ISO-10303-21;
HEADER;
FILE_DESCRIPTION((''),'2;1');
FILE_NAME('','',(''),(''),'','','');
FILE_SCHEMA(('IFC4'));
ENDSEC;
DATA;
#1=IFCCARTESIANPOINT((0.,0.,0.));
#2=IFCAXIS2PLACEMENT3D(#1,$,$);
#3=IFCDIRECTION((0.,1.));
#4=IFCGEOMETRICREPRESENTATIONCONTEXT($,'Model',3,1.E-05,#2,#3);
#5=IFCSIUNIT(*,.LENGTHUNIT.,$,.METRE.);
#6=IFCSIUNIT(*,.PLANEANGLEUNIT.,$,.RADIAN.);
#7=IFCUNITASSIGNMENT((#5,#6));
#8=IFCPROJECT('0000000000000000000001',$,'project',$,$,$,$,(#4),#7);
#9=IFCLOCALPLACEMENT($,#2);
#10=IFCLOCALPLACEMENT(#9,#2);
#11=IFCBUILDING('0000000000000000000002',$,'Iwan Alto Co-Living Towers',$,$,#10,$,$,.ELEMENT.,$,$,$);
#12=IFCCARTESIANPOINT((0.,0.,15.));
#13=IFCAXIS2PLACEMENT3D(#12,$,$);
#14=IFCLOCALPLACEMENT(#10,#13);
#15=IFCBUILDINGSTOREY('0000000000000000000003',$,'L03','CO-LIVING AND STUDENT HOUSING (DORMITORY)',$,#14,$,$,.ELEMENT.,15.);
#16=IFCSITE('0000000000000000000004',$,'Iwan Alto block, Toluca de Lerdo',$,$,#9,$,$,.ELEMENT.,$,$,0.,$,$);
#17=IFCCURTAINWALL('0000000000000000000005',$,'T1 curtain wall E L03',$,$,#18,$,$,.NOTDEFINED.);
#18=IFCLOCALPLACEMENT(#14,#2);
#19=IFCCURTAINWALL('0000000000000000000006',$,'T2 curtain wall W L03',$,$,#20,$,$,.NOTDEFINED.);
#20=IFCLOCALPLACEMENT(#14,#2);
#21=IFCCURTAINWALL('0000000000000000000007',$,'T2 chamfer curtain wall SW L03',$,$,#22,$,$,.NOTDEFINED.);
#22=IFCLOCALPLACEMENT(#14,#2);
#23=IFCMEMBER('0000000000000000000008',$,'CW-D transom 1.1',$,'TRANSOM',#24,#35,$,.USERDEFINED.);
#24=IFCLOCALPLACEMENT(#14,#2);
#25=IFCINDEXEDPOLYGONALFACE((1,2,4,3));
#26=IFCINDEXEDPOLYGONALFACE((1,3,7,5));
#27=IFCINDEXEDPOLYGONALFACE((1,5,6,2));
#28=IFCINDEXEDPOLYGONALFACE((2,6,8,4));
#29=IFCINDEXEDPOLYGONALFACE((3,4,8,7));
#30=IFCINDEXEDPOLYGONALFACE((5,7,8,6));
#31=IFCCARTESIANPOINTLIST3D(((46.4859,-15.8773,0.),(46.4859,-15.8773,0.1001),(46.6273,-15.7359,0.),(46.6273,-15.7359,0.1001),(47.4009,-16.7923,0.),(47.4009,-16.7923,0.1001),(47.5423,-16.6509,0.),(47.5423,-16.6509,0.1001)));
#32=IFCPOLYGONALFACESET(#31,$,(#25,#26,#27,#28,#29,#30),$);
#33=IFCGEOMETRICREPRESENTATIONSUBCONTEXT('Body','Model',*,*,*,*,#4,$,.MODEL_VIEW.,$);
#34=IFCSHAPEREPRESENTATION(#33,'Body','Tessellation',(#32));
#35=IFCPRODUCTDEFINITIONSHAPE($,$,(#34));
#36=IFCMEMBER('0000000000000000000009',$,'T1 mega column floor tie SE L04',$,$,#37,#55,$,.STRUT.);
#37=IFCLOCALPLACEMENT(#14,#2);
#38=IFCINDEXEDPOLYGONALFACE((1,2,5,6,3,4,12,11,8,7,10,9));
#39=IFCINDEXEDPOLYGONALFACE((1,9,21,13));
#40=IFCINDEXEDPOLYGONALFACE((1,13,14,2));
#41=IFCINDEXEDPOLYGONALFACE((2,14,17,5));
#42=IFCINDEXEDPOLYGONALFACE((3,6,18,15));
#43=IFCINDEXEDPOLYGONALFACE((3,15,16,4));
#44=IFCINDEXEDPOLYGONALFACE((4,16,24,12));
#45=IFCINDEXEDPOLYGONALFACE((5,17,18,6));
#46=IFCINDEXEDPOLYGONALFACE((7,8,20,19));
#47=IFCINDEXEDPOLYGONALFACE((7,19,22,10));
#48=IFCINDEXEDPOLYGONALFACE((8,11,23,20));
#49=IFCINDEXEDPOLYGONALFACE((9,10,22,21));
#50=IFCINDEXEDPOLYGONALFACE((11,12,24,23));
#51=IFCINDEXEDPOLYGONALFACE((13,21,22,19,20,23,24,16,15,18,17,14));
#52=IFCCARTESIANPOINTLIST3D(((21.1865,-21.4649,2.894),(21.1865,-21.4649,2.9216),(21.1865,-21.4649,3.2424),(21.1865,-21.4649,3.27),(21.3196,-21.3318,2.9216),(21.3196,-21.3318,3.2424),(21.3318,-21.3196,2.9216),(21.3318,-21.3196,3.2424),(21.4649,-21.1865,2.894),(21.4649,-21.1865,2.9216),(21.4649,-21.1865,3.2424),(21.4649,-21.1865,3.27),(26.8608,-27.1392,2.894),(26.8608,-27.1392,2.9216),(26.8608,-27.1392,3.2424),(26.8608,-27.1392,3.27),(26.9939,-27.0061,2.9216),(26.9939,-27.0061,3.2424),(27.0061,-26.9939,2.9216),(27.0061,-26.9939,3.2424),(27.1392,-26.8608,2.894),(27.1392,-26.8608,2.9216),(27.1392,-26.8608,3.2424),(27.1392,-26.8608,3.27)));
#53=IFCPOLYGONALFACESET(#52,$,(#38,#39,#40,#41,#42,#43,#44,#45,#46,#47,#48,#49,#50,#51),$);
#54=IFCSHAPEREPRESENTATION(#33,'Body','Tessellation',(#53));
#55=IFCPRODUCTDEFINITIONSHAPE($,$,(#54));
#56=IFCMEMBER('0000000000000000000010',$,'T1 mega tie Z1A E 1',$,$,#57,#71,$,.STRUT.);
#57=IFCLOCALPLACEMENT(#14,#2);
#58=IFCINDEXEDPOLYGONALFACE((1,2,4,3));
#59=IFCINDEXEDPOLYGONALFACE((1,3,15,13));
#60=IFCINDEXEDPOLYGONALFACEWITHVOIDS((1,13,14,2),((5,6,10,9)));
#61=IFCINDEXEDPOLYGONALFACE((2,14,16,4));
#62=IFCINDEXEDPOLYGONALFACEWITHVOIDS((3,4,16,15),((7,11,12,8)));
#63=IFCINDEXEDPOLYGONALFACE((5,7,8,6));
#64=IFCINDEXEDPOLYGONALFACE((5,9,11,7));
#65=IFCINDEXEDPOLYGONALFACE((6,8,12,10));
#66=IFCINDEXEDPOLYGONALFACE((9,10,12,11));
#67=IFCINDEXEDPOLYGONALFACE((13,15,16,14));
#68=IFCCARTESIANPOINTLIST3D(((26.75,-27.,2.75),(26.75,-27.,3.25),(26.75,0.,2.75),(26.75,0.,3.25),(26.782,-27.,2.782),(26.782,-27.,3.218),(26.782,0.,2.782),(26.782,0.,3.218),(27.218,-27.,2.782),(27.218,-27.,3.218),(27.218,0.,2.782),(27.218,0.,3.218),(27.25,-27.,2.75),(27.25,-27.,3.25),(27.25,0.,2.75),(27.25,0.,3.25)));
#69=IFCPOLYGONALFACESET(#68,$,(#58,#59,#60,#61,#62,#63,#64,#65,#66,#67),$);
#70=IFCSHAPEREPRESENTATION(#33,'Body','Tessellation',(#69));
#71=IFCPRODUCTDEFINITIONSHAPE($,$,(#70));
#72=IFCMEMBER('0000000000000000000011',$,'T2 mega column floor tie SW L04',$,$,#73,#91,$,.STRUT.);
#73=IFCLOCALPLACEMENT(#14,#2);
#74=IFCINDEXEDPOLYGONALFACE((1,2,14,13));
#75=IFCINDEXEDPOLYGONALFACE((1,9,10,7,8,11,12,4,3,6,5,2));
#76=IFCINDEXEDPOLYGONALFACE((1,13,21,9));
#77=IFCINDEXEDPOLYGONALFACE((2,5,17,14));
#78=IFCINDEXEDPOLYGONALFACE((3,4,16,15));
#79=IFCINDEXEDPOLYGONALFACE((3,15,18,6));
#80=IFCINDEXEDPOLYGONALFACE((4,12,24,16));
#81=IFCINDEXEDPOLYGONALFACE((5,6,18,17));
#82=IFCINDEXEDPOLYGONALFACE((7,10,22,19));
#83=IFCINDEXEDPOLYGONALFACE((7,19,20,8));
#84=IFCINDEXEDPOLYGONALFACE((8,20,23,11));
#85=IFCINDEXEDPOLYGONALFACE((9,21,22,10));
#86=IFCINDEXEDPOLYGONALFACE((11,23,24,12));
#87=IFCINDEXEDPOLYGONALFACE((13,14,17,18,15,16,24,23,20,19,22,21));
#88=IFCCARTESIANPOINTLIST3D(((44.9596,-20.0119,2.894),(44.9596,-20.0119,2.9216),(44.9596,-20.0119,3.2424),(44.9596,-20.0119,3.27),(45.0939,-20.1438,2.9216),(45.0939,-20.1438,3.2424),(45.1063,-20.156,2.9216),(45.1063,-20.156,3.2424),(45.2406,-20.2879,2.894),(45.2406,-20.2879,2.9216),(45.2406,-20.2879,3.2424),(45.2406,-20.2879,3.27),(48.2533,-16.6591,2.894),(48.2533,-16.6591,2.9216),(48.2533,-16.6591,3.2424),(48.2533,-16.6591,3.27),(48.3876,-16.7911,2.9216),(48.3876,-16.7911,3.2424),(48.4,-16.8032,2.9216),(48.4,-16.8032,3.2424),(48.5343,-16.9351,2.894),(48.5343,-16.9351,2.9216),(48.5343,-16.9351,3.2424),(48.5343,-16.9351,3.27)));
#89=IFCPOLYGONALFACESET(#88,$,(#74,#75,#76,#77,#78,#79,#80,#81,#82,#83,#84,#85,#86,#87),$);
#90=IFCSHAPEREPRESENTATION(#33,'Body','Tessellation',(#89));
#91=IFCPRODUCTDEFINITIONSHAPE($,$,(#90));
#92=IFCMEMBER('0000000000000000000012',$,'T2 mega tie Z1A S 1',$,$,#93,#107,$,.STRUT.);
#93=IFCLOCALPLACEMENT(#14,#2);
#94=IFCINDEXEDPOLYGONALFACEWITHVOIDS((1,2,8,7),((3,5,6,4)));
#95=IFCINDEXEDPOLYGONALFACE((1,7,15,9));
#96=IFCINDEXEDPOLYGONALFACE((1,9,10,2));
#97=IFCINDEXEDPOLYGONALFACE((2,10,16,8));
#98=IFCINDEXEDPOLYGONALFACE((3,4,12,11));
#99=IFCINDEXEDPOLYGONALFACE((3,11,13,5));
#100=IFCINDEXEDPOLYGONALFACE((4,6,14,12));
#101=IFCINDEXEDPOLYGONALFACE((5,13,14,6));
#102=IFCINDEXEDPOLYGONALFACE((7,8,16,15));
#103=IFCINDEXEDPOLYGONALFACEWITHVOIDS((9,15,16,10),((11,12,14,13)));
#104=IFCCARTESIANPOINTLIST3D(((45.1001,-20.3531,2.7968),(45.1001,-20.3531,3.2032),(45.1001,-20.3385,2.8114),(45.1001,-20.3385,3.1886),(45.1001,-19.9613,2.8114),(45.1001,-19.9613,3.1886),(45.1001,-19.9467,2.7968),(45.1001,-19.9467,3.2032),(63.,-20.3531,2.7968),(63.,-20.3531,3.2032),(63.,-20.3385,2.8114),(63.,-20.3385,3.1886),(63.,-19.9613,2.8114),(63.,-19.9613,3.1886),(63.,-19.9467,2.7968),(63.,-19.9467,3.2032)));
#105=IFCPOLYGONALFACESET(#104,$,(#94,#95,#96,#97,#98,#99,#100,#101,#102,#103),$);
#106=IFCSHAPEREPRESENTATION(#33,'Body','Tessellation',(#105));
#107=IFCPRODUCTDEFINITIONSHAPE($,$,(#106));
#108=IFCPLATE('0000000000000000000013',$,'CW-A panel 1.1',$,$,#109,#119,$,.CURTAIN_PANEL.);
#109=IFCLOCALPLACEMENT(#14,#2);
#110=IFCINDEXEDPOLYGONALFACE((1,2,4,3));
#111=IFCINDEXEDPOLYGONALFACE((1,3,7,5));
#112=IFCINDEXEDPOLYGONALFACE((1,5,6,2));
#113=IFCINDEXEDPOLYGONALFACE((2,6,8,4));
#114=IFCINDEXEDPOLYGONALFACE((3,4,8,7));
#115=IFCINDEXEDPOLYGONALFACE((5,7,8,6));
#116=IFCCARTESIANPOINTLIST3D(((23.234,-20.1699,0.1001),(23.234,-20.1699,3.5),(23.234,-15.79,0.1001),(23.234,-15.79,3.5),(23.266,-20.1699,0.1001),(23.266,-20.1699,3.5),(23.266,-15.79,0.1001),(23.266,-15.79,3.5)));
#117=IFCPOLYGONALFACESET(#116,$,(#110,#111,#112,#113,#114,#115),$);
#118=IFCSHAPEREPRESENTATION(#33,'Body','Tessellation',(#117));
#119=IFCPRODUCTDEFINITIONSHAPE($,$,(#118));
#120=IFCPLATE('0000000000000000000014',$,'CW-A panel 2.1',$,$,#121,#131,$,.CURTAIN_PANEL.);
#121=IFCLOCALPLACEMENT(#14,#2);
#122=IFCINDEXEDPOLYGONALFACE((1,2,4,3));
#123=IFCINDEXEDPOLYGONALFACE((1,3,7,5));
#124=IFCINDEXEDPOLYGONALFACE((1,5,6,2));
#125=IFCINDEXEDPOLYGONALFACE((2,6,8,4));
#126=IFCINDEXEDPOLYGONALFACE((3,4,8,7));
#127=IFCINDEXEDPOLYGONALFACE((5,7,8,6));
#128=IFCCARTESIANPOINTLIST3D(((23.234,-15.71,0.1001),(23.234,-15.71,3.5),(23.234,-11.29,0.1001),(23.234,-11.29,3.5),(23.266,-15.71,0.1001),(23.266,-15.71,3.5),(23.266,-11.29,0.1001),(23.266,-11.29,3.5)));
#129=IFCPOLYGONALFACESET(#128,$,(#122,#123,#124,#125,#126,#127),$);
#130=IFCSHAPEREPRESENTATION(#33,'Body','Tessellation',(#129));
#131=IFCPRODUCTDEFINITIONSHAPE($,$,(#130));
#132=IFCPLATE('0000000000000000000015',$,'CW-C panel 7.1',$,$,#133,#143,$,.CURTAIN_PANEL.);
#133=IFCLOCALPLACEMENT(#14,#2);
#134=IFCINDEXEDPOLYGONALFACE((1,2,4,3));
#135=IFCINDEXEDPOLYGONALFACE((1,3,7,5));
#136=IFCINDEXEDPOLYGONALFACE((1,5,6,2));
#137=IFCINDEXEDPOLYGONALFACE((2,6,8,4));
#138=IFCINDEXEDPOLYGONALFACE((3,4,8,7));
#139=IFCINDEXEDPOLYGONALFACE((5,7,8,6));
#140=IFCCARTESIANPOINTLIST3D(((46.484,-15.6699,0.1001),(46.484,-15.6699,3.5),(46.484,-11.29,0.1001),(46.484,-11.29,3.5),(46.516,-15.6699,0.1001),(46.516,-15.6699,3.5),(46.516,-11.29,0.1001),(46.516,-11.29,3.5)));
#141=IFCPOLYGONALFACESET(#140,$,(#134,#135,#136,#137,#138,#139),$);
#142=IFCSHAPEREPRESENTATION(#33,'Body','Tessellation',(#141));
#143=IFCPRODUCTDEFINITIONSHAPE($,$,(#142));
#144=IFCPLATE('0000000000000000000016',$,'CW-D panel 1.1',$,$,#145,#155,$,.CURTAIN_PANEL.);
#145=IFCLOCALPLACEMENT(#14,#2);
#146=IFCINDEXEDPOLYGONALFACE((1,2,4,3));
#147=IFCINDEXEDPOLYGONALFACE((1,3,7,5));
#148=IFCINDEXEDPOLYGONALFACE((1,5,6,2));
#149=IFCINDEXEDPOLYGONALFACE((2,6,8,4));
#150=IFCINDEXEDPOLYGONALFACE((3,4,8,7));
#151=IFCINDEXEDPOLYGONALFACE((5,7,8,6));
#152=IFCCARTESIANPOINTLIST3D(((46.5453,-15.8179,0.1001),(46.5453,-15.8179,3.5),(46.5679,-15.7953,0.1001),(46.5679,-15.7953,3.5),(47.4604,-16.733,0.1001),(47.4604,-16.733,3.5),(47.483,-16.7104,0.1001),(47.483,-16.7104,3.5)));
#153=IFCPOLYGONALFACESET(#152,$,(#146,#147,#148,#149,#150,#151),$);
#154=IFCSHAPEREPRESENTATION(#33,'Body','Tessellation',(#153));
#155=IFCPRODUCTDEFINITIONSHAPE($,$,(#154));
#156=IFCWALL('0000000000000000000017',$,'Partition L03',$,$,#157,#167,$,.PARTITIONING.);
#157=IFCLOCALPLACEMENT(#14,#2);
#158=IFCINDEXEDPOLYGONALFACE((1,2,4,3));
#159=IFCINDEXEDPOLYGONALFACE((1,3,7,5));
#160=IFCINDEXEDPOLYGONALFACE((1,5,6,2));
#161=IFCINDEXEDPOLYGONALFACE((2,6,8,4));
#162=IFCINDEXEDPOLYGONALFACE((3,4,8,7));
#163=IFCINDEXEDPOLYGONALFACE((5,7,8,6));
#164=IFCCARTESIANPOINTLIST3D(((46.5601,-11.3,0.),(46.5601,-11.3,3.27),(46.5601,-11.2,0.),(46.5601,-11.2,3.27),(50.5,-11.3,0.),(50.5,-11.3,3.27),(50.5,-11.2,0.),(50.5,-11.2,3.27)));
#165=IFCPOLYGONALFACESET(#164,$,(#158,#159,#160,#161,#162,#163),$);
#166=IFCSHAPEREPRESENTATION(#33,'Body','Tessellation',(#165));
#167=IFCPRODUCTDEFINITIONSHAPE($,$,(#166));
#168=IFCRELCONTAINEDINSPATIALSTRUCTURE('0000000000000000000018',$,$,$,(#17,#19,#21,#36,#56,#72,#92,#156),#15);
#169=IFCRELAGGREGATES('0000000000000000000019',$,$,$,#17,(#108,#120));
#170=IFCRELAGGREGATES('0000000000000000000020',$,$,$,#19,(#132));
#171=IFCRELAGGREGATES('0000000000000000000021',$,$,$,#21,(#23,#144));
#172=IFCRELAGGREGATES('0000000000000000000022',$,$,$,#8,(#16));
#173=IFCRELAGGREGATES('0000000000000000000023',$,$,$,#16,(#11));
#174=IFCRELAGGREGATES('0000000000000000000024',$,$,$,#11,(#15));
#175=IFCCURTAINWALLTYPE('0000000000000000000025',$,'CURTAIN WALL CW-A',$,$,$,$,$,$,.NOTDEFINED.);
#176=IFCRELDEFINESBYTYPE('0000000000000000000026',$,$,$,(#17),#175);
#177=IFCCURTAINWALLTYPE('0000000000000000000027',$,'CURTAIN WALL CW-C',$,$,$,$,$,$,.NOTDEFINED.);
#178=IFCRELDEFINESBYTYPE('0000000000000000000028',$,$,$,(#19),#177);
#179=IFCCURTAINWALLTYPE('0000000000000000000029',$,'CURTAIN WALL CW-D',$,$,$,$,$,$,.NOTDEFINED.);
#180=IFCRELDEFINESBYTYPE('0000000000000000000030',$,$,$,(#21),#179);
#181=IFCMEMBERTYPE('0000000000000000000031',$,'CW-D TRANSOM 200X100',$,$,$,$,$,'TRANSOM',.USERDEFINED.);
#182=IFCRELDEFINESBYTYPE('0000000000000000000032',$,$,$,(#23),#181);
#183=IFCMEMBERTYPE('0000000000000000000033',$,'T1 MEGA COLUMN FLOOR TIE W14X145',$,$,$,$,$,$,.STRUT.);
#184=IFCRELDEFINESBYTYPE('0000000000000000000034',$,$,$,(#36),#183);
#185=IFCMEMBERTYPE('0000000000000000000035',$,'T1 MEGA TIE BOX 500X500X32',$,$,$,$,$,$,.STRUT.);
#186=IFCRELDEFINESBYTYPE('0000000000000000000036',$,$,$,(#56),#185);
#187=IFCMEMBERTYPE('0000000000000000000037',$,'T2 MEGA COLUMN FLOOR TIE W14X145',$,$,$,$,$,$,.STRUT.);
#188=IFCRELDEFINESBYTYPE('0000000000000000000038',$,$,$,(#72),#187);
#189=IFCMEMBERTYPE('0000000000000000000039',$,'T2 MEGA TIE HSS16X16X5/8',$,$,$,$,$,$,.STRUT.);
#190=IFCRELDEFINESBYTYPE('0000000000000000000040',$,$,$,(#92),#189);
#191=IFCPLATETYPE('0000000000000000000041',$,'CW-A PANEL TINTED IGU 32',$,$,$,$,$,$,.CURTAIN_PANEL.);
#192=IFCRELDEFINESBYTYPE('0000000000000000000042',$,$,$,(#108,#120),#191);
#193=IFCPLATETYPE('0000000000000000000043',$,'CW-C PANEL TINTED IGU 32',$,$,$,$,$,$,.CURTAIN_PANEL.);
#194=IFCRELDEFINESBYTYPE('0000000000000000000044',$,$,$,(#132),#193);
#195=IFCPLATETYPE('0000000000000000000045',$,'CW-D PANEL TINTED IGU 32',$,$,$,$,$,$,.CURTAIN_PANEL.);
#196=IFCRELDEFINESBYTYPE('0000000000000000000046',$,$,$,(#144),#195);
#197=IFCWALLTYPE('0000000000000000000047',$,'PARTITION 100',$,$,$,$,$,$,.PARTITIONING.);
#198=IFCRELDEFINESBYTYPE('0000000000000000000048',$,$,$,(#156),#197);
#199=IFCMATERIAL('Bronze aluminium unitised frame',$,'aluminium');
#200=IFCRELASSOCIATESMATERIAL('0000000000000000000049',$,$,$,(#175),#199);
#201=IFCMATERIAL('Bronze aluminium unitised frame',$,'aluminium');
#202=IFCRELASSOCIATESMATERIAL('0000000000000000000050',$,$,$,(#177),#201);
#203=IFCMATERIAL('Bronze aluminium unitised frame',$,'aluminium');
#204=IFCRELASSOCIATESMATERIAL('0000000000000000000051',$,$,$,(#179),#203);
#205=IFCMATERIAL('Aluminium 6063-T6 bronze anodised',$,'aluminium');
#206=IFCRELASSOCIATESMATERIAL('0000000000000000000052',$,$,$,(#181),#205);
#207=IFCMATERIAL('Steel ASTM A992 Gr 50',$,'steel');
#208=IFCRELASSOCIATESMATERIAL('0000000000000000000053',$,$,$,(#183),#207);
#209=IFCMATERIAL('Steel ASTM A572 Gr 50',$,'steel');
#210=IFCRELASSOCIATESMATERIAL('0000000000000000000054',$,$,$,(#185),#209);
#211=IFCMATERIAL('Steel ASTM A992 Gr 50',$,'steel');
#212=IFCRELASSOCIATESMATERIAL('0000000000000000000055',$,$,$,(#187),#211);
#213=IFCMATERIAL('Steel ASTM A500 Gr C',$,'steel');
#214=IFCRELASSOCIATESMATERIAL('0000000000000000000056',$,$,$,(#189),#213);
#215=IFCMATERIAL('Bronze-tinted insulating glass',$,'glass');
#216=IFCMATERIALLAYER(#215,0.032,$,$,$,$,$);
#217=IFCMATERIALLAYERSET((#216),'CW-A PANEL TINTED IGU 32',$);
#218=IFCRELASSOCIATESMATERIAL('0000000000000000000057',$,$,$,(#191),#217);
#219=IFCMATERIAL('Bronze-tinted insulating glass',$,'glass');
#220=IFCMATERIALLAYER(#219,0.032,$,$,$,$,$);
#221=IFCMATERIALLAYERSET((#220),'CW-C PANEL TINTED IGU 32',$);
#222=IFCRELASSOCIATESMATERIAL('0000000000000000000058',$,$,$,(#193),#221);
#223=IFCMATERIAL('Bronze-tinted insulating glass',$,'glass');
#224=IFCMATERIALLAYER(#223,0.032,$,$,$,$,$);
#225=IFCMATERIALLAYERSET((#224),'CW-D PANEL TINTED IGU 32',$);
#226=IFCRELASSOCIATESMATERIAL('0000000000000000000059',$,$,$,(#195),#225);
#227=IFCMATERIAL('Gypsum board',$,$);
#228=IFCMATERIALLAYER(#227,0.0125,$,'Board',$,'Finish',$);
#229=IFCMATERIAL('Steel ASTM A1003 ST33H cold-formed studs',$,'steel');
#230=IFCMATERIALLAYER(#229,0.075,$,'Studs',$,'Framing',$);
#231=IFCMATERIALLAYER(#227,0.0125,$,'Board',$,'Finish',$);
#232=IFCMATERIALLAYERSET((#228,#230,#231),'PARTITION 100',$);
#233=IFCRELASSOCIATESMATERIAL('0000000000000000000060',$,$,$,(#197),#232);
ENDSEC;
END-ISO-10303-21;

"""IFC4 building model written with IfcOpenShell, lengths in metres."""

from ifc_helpers import new_model, si_unit, direction, frame, frame_2d, origin, origin_2d, place, context, subcontext, project, spatial, rectangle, hollow_rectangle, i_section, extrude, material, layer, layer_set, material_profile, profile_set, type_object, element, aggregate, save


model = new_model("IFC4")

# Units and contexts
model_context = context("Model", 3, precision=1e-05, world=origin(), true_north=direction((0.0, 1.0)))
body_context = subcontext(model_context, "Body", "Model", "MODEL_VIEW")
ifc_project = project(units=[si_unit("LENGTHUNIT", "METRE"), si_unit("PLANEANGLEUNIT", "RADIAN")], contexts=[model_context])

# Site, building, storey
site_placement = place(None, origin())
site = spatial("IfcSite", under=ifc_project, at=site_placement, Name="Iwan Alto block, Toluca de Lerdo", CompositionType="ELEMENT", RefElevation=0.0)
building_placement = place(site_placement, origin())
building = spatial("IfcBuilding", under=site, at=building_placement, Name="Iwan Alto Co-Living Towers", CompositionType="ELEMENT")
storey_placement = place(building_placement, frame((0.0, 0.0, 15.0)))
storey = spatial("IfcBuildingStorey", under=building, at=storey_placement, Name="L03", Description="CO-LIVING AND STUDENT HOUSING (DORMITORY)", CompositionType="ELEMENT", Elevation=15.0)

# Curtain walls, member
ifc_material_1 = material(Name="Bronze aluminium unitised frame", Category="aluminium")
curtain_wall_type_1 = type_object("IfcCurtainWallType", Name="CURTAIN WALL CW-A", PredefinedType="NOTDEFINED", material=ifc_material_1)
curtain_wall_1_placement = place(storey_placement, origin())
curtain_wall_1 = element("IfcCurtainWall", 1, at=curtain_wall_1_placement, inside=storey, type_object=curtain_wall_type_1, Name="T1 curtain wall E L03", PredefinedType="NOTDEFINED")
ifc_material_2 = material(Name="Bronze aluminium unitised frame", Category="aluminium")
curtain_wall_type_2 = type_object("IfcCurtainWallType", Name="CURTAIN WALL CW-C", PredefinedType="NOTDEFINED", material=ifc_material_2)
curtain_wall_2_placement = place(storey_placement, origin())
curtain_wall_2 = element("IfcCurtainWall", 2, at=curtain_wall_2_placement, inside=storey, type_object=curtain_wall_type_2, Name="T2 curtain wall W L03", PredefinedType="NOTDEFINED")
ifc_material_3 = material(Name="Bronze aluminium unitised frame", Category="aluminium")
curtain_wall_type_3 = type_object("IfcCurtainWallType", Name="CURTAIN WALL CW-D", PredefinedType="NOTDEFINED", material=ifc_material_3)
curtain_wall_3_placement = place(storey_placement, origin())
curtain_wall_3 = element("IfcCurtainWall", 3, at=curtain_wall_3_placement, inside=storey, type_object=curtain_wall_type_3, Name="T2 chamfer curtain wall SW L03", PredefinedType="NOTDEFINED")
ifc_material_4 = material(Name="Aluminium 6063-T6 bronze anodised", Category="aluminium")
ifc_material_profile_1 = material_profile(ifc_material_4, rectangle(XDim=0.2, YDim=0.1001, at=origin_2d()), Name="AL 200X100")
ifc_profile_set_1 = profile_set([ifc_material_profile_1], Name="Aluminium 6063-T6 bronze anodised")
member_type_1 = type_object("IfcMemberType", Name="CW-D TRANSOM 200X100", ElementType="TRANSOM", PredefinedType="USERDEFINED", material=ifc_profile_set_1)
member_1_placement = place(storey_placement, frame((46.5566, -15.8066, 0.05), z_axis=(0.707107, -0.707107, 0.0), x_axis=(0.707107, 0.707107, 0.0)))
member_1 = element("IfcMember", 4, at=member_1_placement, type_object=member_type_1, Name="CW-D transom 1.1", ObjectType="TRANSOM", PredefinedType="USERDEFINED", context=body_context, shape_type="SweptSolid", body=[
    extrude(rectangle(XDim=0.2, YDim=0.1001, at=origin_2d()), origin(), (0.0, 0.0, 1.0), 1.2939),
])

# Members
ifc_material_5 = material(Name="Steel ASTM A992 Gr 50", Category="steel")
ifc_material_profile_2 = material_profile(ifc_material_5, i_section(OverallWidth=0.3938, OverallDepth=0.376, WebThickness=0.0173, FlangeThickness=0.0276, at=origin_2d()), Name="W14X145")
ifc_profile_set_2 = profile_set([ifc_material_profile_2], Name="Steel ASTM A992 Gr 50")
member_type_2 = type_object("IfcMemberType", Name="T1 MEGA COLUMN FLOOR TIE W14X145", PredefinedType="STRUT", material=ifc_profile_set_2)
member_2_placement = place(storey_placement, frame((27.0, -27.0, 3.082), z_axis=(-0.707107, 0.707107, 0.0), x_axis=(-0.707107, -0.707107, 0.0)))
element("IfcMember", 5, at=member_2_placement, inside=storey, type_object=member_type_2, Name="T1 mega column floor tie SE L04", PredefinedType="STRUT", context=body_context, shape_type="SweptSolid", body=[
    extrude(i_section(OverallWidth=0.3938, OverallDepth=0.376, WebThickness=0.0173, FlangeThickness=0.0276, at=origin_2d()), origin(), (0.0, 0.0, 1.0), 8.0247),
])
ifc_material_6 = material(Name="Steel ASTM A572 Gr 50", Category="steel")
ifc_material_profile_3 = material_profile(ifc_material_6, hollow_rectangle(XDim=0.5, YDim=0.5, WallThickness=0.032, at=origin_2d()), Name="BOX 500X500X32")
ifc_profile_set_3 = profile_set([ifc_material_profile_3], Name="Steel ASTM A572 Gr 50")
member_type_3 = type_object("IfcMemberType", Name="T1 MEGA TIE BOX 500X500X32", PredefinedType="STRUT", material=ifc_profile_set_3)
member_3_placement = place(storey_placement, frame((27.0, -27.0, 3.0), z_axis=(0.0, 1.0, 0.0), x_axis=(-1.0, 0.0, 0.0)))
element("IfcMember", 6, at=member_3_placement, inside=storey, type_object=member_type_3, Name="T1 mega tie Z1A E 1", PredefinedType="STRUT", context=body_context, shape_type="SweptSolid", body=[
    extrude(hollow_rectangle(XDim=0.5, YDim=0.5, WallThickness=0.032, at=origin_2d()), origin(), (0.0, 0.0, 1.0), 27.0),
])
ifc_material_7 = material(Name="Steel ASTM A992 Gr 50", Category="steel")
ifc_material_profile_4 = material_profile(ifc_material_7, i_section(OverallWidth=0.3938, OverallDepth=0.376, WebThickness=0.0173, FlangeThickness=0.0276, at=origin_2d()), Name="W14X145")
ifc_profile_set_4 = profile_set([ifc_material_profile_4], Name="Steel ASTM A992 Gr 50")
member_type_4 = type_object("IfcMemberType", Name="T2 MEGA COLUMN FLOOR TIE W14X145", PredefinedType="STRUT", material=ifc_profile_set_4)
member_4_placement = place(storey_placement, frame((45.1001, -20.1499, 3.082), z_axis=(0.700793, 0.713364, 0.0), x_axis=(-0.713364, 0.700793, 0.0)))
element("IfcMember", 7, at=member_4_placement, inside=storey, type_object=member_type_4, Name="T2 mega column floor tie SW L04", PredefinedType="STRUT", context=body_context, shape_type="SweptSolid", body=[
    extrude(i_section(OverallWidth=0.3938, OverallDepth=0.376, WebThickness=0.0173, FlangeThickness=0.0276, at=origin_2d()), origin(), (0.0, 0.0, 1.0), 4.7),
])
ifc_material_8 = material(Name="Steel ASTM A500 Gr C", Category="steel")
ifc_material_profile_5 = material_profile(ifc_material_8, hollow_rectangle(XDim=0.4065, YDim=0.4065, WallThickness=0.0146, at=origin_2d()), Name="HSS16X16X5/8")
ifc_profile_set_5 = profile_set([ifc_material_profile_5], Name="Steel ASTM A500 Gr C")
member_type_5 = type_object("IfcMemberType", Name="T2 MEGA TIE HSS16X16X5/8", PredefinedType="STRUT", material=ifc_profile_set_5)
member_5_placement = place(storey_placement, frame((45.1001, -20.1499, 3.0), z_axis=(1.0, 0.0, 0.0), x_axis=(0.0, 1.0, 0.0)))
element("IfcMember", 8, at=member_5_placement, inside=storey, type_object=member_type_5, Name="T2 mega tie Z1A S 1", PredefinedType="STRUT", context=body_context, shape_type="SweptSolid", body=[
    extrude(hollow_rectangle(XDim=0.4065, YDim=0.4065, WallThickness=0.0146, at=origin_2d()), origin(), (0.0, 0.0, 1.0), 17.8999),
])

# Plates
ifc_material_9 = material(Name="Bronze-tinted insulating glass", Category="glass")
ifc_layer_1 = layer(ifc_material_9, 0.032)
ifc_layer_set_1 = layer_set([ifc_layer_1], Name="CW-A PANEL TINTED IGU 32")
plate_type_1 = type_object("IfcPlateType", Name="CW-A PANEL TINTED IGU 32", PredefinedType="CURTAIN_PANEL", material=ifc_layer_set_1)
plate_1_placement = place(storey_placement, frame((23.25, -17.98, 0.1001), z_axis=(0.0, 0.0, 1.0), x_axis=(0.0, 1.0, 0.0)))
plate_1 = element("IfcPlate", 9, at=plate_1_placement, type_object=plate_type_1, Name="CW-A panel 1.1", PredefinedType="CURTAIN_PANEL", context=body_context, shape_type="SweptSolid", body=[
    extrude(rectangle(XDim=4.3799, YDim=0.032, at=origin_2d()), origin(), (0.0, 0.0, 1.0), 3.3999),
])
plate_2_placement = place(storey_placement, frame((23.25, -13.5, 0.1001), z_axis=(0.0, 0.0, 1.0), x_axis=(0.0, 1.0, 0.0)))
plate_2 = element("IfcPlate", 10, at=plate_2_placement, type_object=plate_type_1, Name="CW-A panel 2.1", PredefinedType="CURTAIN_PANEL", context=body_context, shape_type="SweptSolid", body=[
    extrude(rectangle(XDim=4.4199, YDim=0.032, at=origin_2d()), origin(), (0.0, 0.0, 1.0), 3.3999),
])
aggregate(curtain_wall_1, [plate_1, plate_2])
ifc_material_10 = material(Name="Bronze-tinted insulating glass", Category="glass")
ifc_layer_2 = layer(ifc_material_10, 0.032)
ifc_layer_set_2 = layer_set([ifc_layer_2], Name="CW-C PANEL TINTED IGU 32")
plate_type_2 = type_object("IfcPlateType", Name="CW-C PANEL TINTED IGU 32", PredefinedType="CURTAIN_PANEL", material=ifc_layer_set_2)
plate_3_placement = place(storey_placement, frame((46.5, -13.48, 0.1001), z_axis=(0.0, 0.0, 1.0), x_axis=(0.0, -1.0, 0.0)))
plate_3 = element("IfcPlate", 11, at=plate_3_placement, type_object=plate_type_2, Name="CW-C panel 7.1", PredefinedType="CURTAIN_PANEL", context=body_context, shape_type="SweptSolid", body=[
    extrude(rectangle(XDim=4.3799, YDim=0.032, at=origin_2d()), origin(), (0.0, 0.0, 1.0), 3.3999),
])
aggregate(curtain_wall_2, [plate_3])
ifc_material_11 = material(Name="Bronze-tinted insulating glass", Category="glass")
ifc_layer_3 = layer(ifc_material_11, 0.032)
ifc_layer_set_3 = layer_set([ifc_layer_3], Name="CW-D PANEL TINTED IGU 32")
plate_type_3 = type_object("IfcPlateType", Name="CW-D PANEL TINTED IGU 32", PredefinedType="CURTAIN_PANEL", material=ifc_layer_set_3)
plate_4_placement = place(storey_placement, frame((47.0142, -16.2642, 0.1001), z_axis=(0.0, 0.0, 1.0), x_axis=(0.707107, -0.707107, 0.0)))
plate_4 = element("IfcPlate", 12, at=plate_4_placement, type_object=plate_type_3, Name="CW-D panel 1.1", PredefinedType="CURTAIN_PANEL", context=body_context, shape_type="SweptSolid", body=[
    extrude(rectangle(XDim=1.2942, YDim=0.032, at=origin_2d()), origin(), (0.0, 0.0, 1.0), 3.3999),
])
aggregate(curtain_wall_3, [member_1, plate_4])

# Wall
ifc_material_12 = material(Name="Gypsum board")
ifc_layer_4 = layer(ifc_material_12, 0.0125, Name="Board", Category="Finish")
ifc_material_13 = material(Name="Steel ASTM A1003 ST33H cold-formed studs", Category="steel")
ifc_layer_5 = layer(ifc_material_13, 0.075, Name="Studs", Category="Framing")
ifc_layer_6 = layer(ifc_material_12, 0.0125, Name="Board", Category="Finish")
ifc_layer_set_4 = layer_set([ifc_layer_4, ifc_layer_5, ifc_layer_6], Name="PARTITION 100")
wall_type = type_object("IfcWallType", Name="PARTITION 100", PredefinedType="PARTITIONING", material=ifc_layer_set_4)
wall_placement = place(storey_placement, frame((46.5601, -11.25, 0.0), z_axis=(0.0, 0.0, 1.0), x_axis=(1.0, 0.0, 0.0)))
element("IfcWall", 13, at=wall_placement, inside=storey, type_object=wall_type, Name="Partition L03", PredefinedType="PARTITIONING", context=body_context, shape_type="SweptSolid", body=[
    extrude(rectangle(XDim=3.9399, YDim=0.1001, at=frame_2d((1.97, 0.0))), origin(), (0.0, 0.0, 1.0), 3.27),
])

save(model, "model.ifc")
